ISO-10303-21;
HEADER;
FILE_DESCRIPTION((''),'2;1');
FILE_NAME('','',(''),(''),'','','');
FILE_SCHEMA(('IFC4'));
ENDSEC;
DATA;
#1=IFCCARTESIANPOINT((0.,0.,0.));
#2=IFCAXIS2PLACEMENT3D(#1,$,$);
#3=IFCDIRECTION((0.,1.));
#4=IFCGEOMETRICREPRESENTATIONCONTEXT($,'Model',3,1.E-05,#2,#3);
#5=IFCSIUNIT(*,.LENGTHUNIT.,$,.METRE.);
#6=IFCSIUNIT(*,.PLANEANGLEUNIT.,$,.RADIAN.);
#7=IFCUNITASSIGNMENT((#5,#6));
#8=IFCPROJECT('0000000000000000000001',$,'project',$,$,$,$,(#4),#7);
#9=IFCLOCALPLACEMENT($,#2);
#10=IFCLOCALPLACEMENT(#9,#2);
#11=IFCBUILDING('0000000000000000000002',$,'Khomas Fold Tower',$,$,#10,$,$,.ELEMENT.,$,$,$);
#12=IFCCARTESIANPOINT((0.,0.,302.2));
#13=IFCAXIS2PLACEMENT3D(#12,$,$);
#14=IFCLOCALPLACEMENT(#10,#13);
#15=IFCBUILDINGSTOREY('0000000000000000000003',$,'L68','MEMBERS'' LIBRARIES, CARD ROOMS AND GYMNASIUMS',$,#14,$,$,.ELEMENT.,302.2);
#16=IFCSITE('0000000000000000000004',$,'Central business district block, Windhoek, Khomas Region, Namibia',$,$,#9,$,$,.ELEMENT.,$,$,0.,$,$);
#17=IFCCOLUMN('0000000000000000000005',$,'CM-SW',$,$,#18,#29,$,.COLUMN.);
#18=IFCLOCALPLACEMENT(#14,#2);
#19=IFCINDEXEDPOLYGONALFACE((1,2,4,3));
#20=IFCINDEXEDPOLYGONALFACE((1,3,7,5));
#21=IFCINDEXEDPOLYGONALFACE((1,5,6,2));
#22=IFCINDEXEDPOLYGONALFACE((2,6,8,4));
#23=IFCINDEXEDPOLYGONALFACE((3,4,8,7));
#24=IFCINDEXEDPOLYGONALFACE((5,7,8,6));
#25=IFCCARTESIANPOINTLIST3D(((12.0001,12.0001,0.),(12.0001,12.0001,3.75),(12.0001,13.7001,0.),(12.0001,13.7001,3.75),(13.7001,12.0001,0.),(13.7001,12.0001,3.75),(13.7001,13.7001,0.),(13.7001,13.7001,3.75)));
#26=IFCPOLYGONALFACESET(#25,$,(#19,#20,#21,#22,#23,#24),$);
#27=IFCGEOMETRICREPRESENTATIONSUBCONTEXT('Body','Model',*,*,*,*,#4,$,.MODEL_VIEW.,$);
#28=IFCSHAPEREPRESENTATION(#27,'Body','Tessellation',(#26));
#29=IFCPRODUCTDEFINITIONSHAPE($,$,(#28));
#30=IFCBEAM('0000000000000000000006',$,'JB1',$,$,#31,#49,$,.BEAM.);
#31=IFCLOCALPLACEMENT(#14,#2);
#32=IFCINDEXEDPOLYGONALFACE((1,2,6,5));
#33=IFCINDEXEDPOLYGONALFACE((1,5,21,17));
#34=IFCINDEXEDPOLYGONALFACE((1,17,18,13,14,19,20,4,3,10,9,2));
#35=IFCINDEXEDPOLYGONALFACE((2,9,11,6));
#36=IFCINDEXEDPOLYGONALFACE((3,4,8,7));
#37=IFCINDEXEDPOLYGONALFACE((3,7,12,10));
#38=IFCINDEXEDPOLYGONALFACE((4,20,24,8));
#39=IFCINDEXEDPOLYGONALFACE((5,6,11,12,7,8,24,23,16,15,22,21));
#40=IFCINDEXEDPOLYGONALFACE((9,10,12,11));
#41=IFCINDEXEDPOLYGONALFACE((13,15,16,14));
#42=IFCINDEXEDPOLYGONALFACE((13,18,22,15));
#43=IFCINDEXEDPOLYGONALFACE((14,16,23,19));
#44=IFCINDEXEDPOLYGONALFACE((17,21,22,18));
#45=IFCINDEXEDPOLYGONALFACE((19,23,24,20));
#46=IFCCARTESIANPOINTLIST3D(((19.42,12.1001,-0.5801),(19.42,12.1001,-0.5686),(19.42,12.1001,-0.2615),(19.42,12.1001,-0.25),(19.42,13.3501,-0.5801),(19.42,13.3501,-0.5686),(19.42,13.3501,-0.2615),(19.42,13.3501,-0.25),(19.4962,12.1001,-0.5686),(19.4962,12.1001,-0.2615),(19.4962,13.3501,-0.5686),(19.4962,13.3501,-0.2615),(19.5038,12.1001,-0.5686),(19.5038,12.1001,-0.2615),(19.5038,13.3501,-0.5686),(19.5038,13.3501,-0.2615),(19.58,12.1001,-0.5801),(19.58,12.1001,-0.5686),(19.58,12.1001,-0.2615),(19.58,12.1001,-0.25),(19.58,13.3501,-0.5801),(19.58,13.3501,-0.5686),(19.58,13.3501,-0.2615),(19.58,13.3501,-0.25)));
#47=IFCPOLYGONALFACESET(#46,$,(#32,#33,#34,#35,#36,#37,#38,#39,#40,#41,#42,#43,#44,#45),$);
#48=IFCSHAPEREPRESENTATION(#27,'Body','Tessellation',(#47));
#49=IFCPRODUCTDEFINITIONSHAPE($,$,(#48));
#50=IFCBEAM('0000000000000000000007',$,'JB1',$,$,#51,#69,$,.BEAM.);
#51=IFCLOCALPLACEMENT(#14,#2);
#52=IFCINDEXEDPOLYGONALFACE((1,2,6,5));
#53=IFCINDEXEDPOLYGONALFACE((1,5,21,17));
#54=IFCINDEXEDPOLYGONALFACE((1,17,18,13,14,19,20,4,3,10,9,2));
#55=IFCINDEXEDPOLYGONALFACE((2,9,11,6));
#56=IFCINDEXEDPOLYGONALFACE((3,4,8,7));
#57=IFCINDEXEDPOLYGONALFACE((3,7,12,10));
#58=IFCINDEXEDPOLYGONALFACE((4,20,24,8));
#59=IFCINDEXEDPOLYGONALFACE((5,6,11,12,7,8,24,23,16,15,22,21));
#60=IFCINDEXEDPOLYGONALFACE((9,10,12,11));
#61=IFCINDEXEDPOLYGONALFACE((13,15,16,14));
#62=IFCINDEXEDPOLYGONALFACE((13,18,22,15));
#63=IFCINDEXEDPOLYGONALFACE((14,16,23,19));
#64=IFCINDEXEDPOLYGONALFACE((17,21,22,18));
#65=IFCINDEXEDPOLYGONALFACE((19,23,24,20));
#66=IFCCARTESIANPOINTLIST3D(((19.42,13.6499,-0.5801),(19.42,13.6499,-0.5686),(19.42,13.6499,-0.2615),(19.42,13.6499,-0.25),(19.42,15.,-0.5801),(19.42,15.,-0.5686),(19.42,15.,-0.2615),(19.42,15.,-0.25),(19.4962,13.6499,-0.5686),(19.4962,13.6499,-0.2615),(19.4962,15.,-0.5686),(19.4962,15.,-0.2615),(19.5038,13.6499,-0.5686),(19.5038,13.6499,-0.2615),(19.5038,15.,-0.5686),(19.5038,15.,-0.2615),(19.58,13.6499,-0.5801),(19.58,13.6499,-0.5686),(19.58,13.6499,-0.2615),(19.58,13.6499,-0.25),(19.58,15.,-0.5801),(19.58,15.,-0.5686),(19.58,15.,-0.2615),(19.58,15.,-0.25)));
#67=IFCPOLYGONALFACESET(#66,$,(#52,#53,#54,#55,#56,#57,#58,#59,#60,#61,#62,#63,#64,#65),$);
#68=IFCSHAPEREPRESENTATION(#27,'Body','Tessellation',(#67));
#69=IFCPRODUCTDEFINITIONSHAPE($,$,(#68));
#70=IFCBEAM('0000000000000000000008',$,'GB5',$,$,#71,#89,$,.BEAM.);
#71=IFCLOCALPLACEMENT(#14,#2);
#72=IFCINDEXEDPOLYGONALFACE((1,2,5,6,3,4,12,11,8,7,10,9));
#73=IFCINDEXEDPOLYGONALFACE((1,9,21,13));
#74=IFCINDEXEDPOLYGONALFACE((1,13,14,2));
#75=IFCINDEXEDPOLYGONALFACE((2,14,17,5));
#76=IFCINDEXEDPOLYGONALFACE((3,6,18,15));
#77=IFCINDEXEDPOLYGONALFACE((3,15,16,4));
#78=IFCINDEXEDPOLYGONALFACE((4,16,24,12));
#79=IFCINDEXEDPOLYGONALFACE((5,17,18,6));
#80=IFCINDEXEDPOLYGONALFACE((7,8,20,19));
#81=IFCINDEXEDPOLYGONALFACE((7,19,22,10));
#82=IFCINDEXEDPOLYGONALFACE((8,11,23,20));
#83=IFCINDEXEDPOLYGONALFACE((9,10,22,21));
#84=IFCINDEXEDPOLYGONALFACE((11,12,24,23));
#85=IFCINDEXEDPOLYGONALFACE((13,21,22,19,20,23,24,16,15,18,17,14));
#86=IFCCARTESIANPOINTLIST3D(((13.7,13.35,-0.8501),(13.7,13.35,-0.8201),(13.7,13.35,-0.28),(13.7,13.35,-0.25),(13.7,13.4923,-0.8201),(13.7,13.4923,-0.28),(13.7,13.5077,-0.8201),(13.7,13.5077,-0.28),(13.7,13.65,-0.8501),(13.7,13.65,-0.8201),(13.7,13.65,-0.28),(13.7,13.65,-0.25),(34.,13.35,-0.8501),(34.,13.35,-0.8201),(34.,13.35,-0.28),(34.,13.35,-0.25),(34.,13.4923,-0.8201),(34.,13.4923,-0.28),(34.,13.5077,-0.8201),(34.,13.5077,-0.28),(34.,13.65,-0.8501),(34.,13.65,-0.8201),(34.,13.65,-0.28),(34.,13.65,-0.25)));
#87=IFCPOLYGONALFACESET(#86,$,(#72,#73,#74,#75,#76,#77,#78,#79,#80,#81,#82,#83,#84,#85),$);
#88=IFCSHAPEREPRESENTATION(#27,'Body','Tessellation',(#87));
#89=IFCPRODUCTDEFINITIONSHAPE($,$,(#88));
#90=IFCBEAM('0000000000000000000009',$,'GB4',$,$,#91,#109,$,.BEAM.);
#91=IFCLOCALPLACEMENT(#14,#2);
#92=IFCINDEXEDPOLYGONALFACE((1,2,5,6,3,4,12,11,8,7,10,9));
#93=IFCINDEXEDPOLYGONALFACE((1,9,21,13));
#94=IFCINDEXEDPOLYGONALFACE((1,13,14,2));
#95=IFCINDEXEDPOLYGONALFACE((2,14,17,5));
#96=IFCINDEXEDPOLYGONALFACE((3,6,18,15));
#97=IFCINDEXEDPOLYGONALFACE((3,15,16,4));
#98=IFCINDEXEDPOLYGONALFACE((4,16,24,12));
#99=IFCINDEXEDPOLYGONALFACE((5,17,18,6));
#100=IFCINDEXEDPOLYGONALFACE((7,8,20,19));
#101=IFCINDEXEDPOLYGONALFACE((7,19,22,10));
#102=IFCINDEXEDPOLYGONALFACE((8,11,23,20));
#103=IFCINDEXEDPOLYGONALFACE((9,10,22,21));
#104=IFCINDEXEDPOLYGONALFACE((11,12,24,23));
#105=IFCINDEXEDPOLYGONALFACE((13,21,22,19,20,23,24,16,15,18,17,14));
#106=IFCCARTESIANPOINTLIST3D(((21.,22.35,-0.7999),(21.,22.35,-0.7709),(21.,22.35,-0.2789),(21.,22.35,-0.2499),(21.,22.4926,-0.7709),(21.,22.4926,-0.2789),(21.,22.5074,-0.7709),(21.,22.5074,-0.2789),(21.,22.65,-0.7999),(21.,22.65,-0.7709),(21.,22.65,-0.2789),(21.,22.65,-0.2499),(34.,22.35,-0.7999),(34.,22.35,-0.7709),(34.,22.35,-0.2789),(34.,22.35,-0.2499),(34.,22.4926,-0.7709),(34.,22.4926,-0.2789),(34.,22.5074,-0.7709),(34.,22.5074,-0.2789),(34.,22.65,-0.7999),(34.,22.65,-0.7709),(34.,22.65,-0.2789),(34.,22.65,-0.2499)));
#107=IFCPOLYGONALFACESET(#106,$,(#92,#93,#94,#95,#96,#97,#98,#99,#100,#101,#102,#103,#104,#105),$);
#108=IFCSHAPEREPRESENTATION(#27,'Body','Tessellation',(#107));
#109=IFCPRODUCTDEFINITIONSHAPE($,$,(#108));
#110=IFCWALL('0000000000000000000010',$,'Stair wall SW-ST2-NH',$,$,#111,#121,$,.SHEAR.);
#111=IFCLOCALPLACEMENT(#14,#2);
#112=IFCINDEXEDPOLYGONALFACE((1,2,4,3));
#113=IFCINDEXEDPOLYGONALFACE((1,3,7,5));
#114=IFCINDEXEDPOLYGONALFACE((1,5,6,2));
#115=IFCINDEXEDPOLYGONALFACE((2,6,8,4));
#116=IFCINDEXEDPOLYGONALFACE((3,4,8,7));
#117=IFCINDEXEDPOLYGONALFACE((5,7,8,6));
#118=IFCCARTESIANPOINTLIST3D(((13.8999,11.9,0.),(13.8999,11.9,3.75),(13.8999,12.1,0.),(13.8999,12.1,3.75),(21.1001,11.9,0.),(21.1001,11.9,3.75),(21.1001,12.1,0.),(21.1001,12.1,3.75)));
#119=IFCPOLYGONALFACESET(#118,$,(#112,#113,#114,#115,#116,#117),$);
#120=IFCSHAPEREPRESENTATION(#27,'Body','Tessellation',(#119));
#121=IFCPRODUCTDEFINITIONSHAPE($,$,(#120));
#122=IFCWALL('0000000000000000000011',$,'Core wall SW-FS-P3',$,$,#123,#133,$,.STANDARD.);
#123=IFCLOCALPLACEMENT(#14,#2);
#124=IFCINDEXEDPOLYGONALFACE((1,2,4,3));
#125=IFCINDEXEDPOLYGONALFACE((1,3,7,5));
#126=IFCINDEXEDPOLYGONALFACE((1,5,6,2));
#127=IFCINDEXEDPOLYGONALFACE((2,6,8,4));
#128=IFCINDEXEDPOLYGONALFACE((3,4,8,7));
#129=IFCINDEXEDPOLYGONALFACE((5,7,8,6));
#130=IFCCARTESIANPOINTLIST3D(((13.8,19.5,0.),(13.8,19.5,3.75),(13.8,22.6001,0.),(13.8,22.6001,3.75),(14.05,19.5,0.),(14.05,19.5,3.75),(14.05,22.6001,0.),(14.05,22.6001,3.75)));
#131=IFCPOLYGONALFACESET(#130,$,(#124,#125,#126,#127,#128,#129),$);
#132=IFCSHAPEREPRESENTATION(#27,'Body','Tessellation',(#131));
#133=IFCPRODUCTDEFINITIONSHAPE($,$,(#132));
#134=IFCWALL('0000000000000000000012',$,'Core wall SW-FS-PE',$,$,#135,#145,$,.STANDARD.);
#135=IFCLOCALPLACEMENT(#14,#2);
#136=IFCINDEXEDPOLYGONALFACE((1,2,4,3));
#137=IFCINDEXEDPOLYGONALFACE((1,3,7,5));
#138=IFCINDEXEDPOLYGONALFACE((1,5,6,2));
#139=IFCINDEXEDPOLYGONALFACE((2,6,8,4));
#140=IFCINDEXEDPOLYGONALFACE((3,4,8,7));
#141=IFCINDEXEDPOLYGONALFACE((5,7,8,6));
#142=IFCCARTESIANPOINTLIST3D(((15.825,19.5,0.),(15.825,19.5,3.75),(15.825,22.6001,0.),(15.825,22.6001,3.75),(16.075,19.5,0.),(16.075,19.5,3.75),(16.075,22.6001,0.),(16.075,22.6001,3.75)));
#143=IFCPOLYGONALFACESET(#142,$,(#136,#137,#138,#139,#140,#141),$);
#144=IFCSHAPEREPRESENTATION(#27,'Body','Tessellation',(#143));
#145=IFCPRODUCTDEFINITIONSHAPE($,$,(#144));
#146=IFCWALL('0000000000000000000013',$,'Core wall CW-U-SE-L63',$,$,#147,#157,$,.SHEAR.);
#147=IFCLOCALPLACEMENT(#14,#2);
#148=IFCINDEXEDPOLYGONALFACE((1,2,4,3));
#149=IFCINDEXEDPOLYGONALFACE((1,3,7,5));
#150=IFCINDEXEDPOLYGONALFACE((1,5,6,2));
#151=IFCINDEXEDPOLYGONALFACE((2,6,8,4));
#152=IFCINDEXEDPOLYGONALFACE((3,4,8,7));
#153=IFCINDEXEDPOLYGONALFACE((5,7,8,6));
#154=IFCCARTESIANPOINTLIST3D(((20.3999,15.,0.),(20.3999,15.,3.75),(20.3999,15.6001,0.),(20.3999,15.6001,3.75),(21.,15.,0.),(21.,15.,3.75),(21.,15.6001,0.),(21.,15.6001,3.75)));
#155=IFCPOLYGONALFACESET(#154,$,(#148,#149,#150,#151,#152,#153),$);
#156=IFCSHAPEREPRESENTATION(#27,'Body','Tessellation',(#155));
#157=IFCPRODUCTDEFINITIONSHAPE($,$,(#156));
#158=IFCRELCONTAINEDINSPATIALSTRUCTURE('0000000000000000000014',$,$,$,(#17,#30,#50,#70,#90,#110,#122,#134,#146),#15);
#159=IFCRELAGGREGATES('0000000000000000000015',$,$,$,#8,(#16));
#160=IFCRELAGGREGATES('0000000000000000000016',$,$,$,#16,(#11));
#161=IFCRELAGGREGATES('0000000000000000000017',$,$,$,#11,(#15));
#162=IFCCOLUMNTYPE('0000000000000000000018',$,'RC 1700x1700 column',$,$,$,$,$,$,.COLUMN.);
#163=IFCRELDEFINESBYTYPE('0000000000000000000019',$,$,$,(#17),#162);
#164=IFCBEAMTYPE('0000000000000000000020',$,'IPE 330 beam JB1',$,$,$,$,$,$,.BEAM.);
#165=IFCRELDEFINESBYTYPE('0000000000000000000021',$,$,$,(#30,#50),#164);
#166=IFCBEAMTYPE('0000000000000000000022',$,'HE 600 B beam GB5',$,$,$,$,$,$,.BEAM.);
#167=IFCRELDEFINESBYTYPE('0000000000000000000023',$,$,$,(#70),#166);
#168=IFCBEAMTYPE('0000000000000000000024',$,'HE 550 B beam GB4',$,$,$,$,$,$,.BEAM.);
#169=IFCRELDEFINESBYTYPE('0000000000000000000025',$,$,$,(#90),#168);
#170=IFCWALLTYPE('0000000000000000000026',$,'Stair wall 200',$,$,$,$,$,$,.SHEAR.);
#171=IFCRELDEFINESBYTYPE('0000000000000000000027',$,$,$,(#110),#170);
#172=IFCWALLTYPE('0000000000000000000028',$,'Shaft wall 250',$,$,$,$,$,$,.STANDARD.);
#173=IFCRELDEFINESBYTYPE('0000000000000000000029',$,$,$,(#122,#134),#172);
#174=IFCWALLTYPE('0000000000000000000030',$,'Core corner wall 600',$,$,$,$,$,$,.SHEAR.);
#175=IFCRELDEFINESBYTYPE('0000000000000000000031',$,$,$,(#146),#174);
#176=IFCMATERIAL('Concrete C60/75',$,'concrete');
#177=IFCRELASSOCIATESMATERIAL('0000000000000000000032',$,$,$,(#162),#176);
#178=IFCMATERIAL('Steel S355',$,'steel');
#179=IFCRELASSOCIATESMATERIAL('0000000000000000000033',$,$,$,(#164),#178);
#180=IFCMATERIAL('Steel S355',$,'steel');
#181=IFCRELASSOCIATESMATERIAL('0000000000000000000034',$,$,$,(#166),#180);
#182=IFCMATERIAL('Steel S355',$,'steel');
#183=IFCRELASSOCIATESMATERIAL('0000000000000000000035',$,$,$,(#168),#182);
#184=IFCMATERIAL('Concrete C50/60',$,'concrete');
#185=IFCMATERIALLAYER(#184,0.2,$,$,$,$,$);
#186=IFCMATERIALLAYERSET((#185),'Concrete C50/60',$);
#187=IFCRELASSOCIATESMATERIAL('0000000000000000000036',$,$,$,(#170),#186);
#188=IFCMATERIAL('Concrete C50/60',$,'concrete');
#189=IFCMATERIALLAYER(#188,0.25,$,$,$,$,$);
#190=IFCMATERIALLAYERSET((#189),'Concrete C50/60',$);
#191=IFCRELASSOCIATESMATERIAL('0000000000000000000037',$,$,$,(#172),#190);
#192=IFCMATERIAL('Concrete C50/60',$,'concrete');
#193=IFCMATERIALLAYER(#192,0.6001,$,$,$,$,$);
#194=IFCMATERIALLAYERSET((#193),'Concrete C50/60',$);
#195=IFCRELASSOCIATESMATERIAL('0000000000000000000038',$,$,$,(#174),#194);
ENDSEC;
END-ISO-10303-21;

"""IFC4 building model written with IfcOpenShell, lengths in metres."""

from ifc_helpers import new_model, si_unit, direction, frame, frame_2d, origin, origin_2d, place, context, subcontext, project, spatial, rectangle, i_section, extrude, source, transform, mapped, material, layer, layer_set, material_profile, profile_set, type_object, element, save


model = new_model("IFC4")

# Units and contexts
model_context = context("Model", 3, precision=1e-05, world=origin(), true_north=direction((0.0, 1.0)))
body_context = subcontext(model_context, "Body", "Model", "MODEL_VIEW")
ifc_project = project(units=[si_unit("LENGTHUNIT", "METRE"), si_unit("PLANEANGLEUNIT", "RADIAN")], contexts=[model_context])

# Site, building, storey
site_placement = place(None, origin())
site = spatial("IfcSite", under=ifc_project, at=site_placement, Name="Central business district block, Windhoek, Khomas Region, Namibia", CompositionType="ELEMENT", RefElevation=0.0)
building_placement = place(site_placement, origin())
building = spatial("IfcBuilding", under=site, at=building_placement, Name="Khomas Fold Tower", CompositionType="ELEMENT")
storey_placement = place(building_placement, frame((0.0, 0.0, 302.2)))
storey = spatial("IfcBuildingStorey", under=building, at=storey_placement, Name="L68", Description="MEMBERS' LIBRARIES, CARD ROOMS AND GYMNASIUMS", CompositionType="ELEMENT", Elevation=302.2)

# Column
ifc_material_1 = material(Name="Concrete C60/75", Category="concrete")
ifc_material_profile_1 = material_profile(ifc_material_1, rectangle(XDim=1.7, YDim=1.7, at=origin_2d()), Name="RC 1700x1700")
ifc_profile_set_1 = profile_set([ifc_material_profile_1], Name="Concrete C60/75")
column_type = type_object("IfcColumnType", Name="RC 1700x1700 column", PredefinedType="COLUMN", material=ifc_profile_set_1)
shared_shape_1 = source(origin(), body_context, "Body", "SweptSolid", [
    extrude(rectangle(XDim=1.7, YDim=1.7, at=origin_2d()), origin(), (0.0, 0.0, 1.0), 3.75),
])
column_placement = place(storey_placement, frame((12.8501, 12.8501, 0.0), z_axis=(0.0, 0.0, 1.0), x_axis=(1.0, 0.0, 0.0)))
element("IfcColumn", 1, at=column_placement, inside=storey, type_object=column_type, Name="CM-SW", PredefinedType="COLUMN", context=body_context, shape_type="MappedRepresentation", body=[
    mapped(shared_shape_1, transform((0.0, 0.0, 0.0))),
])

# Beams
ifc_material_2 = material(Name="Steel S355", Category="steel")
ifc_material_profile_2 = material_profile(ifc_material_2, i_section(OverallWidth=0.1599, OverallDepth=0.3301, WebThickness=0.0076, FlangeThickness=0.0115, at=origin_2d()), Name="IPE 330")
ifc_profile_set_2 = profile_set([ifc_material_profile_2], Name="Steel S355")
beam_type_1 = type_object("IfcBeamType", Name="IPE 330 beam JB1", PredefinedType="BEAM", material=ifc_profile_set_2)
shared_shape_2 = source(origin(), body_context, "Body", "SweptSolid", [
    extrude(i_section(OverallWidth=0.1599, OverallDepth=0.3301, WebThickness=0.0076, FlangeThickness=0.0115, at=origin_2d()), origin(), (0.0, 0.0, 1.0), 1.25),
])
beam_1_placement = place(storey_placement, frame((19.5, 12.1001, -0.415), z_axis=(0.0, 1.0, 0.0), x_axis=(-1.0, 0.0, 0.0)))
element("IfcBeam", 2, at=beam_1_placement, inside=storey, type_object=beam_type_1, Name="JB1", PredefinedType="BEAM", context=body_context, shape_type="MappedRepresentation", body=[
    mapped(shared_shape_2, transform((0.0, 0.0, 0.0))),
])
shared_shape_3 = source(origin(), body_context, "Body", "SweptSolid", [
    extrude(i_section(OverallWidth=0.1599, OverallDepth=0.3301, WebThickness=0.0076, FlangeThickness=0.0115, at=origin_2d()), origin(), (0.0, 0.0, 1.0), 1.3501),
])
beam_2_placement = place(storey_placement, frame((19.5, 13.6499, -0.415), z_axis=(0.0, 1.0, 0.0), x_axis=(-1.0, 0.0, 0.0)))
element("IfcBeam", 3, at=beam_2_placement, inside=storey, type_object=beam_type_1, Name="JB1", PredefinedType="BEAM", context=body_context, shape_type="MappedRepresentation", body=[
    mapped(shared_shape_3, transform((0.0, 0.0, 0.0))),
])
ifc_material_3 = material(Name="Steel S355", Category="steel")
ifc_material_profile_3 = material_profile(ifc_material_3, i_section(OverallWidth=0.3, OverallDepth=0.6001, WebThickness=0.0154, FlangeThickness=0.03, at=origin_2d()), Name="HE 600 B")
ifc_profile_set_3 = profile_set([ifc_material_profile_3], Name="Steel S355")
beam_type_2 = type_object("IfcBeamType", Name="HE 600 B beam GB5", PredefinedType="BEAM", material=ifc_profile_set_3)
shared_shape_4 = source(origin(), body_context, "Body", "SweptSolid", [
    extrude(i_section(OverallWidth=0.3, OverallDepth=0.6001, WebThickness=0.0154, FlangeThickness=0.03, at=origin_2d()), origin(), (0.0, 0.0, 1.0), 20.3),
])
beam_3_placement = place(storey_placement, frame((13.7, 13.5, -0.55), z_axis=(1.0, 0.0, 0.0), x_axis=(0.0, 1.0, 0.0)))
element("IfcBeam", 4, at=beam_3_placement, inside=storey, type_object=beam_type_2, Name="GB5", PredefinedType="BEAM", context=body_context, shape_type="MappedRepresentation", body=[
    mapped(shared_shape_4, transform((0.0, 0.0, 0.0))),
])
ifc_material_4 = material(Name="Steel S355", Category="steel")
ifc_material_profile_4 = material_profile(ifc_material_4, i_section(OverallWidth=0.3, OverallDepth=0.55, WebThickness=0.0149, FlangeThickness=0.0291, at=origin_2d()), Name="HE 550 B")
ifc_profile_set_4 = profile_set([ifc_material_profile_4], Name="Steel S355")
beam_type_3 = type_object("IfcBeamType", Name="HE 550 B beam GB4", PredefinedType="BEAM", material=ifc_profile_set_4)
shared_shape_5 = source(origin(), body_context, "Body", "SweptSolid", [
    extrude(i_section(OverallWidth=0.3, OverallDepth=0.55, WebThickness=0.0149, FlangeThickness=0.0291, at=origin_2d()), origin(), (0.0, 0.0, 1.0), 13.0),
])
beam_4_placement = place(storey_placement, frame((21.0, 22.5, -0.5249), z_axis=(1.0, 0.0, 0.0), x_axis=(0.0, 1.0, 0.0)))
element("IfcBeam", 5, at=beam_4_placement, inside=storey, type_object=beam_type_3, Name="GB4", PredefinedType="BEAM", context=body_context, shape_type="MappedRepresentation", body=[
    mapped(shared_shape_5, transform((0.0, 0.0, 0.0))),
])

# Walls
ifc_material_5 = material(Name="Concrete C50/60", Category="concrete")
ifc_layer_1 = layer(ifc_material_5, 0.2)
ifc_layer_set_1 = layer_set([ifc_layer_1], Name="Concrete C50/60")
wall_type_1 = type_object("IfcWallType", Name="Stair wall 200", PredefinedType="SHEAR", material=ifc_layer_set_1)
shared_shape_6 = source(origin(), body_context, "Body", "SweptSolid", [
    extrude(rectangle(XDim=7.2002, YDim=0.2, at=frame_2d((3.6001, 0.0))), origin(), (0.0, 0.0, 1.0), 3.75),
])
wall_1_placement = place(storey_placement, frame((13.8999, 12.0, 0.0), z_axis=(0.0, 0.0, 1.0), x_axis=(1.0, 0.0, 0.0)))
element("IfcWall", 6, at=wall_1_placement, inside=storey, type_object=wall_type_1, Name="Stair wall SW-ST2-NH", PredefinedType="SHEAR", context=body_context, shape_type="MappedRepresentation", body=[
    mapped(shared_shape_6, transform((0.0, 0.0, 0.0))),
])
ifc_material_6 = material(Name="Concrete C50/60", Category="concrete")
ifc_layer_2 = layer(ifc_material_6, 0.25)
ifc_layer_set_2 = layer_set([ifc_layer_2], Name="Concrete C50/60")
wall_type_2 = type_object("IfcWallType", Name="Shaft wall 250", PredefinedType="STANDARD", material=ifc_layer_set_2)
shared_shape_7 = source(origin(), body_context, "Body", "SweptSolid", [
    extrude(rectangle(XDim=3.1001, YDim=0.25, at=frame_2d((1.55, 0.0))), origin(), (0.0, 0.0, 1.0), 3.75),
])
for number, where, z_axis, x_axis, name in (
    (7, (13.925, 19.5, 0.0), (0.0, 0.0, 1.0), (0.0, 1.0, 0.0), "Core wall SW-FS-P3"),
    (8, (15.95, 19.5, 0.0), (0.0, 0.0, 1.0), (0.0, 1.0, 0.0), "Core wall SW-FS-PE"),
):
    element("IfcWall", number, at=place(storey_placement, frame(where, z_axis=z_axis, x_axis=x_axis)), inside=storey, type_object=wall_type_2, Name=name, PredefinedType="STANDARD", context=body_context, shape_type="MappedRepresentation", body=[
        mapped(shared_shape_7, transform((0.0, 0.0, 0.0))),
    ])
ifc_material_7 = material(Name="Concrete C50/60", Category="concrete")
ifc_layer_3 = layer(ifc_material_7, 0.6001)
ifc_layer_set_3 = layer_set([ifc_layer_3], Name="Concrete C50/60")
wall_type_3 = type_object("IfcWallType", Name="Core corner wall 600", PredefinedType="SHEAR", material=ifc_layer_set_3)
shared_shape_8 = source(origin(), body_context, "Body", "SweptSolid", [
    extrude(rectangle(XDim=0.6001, YDim=0.6001, at=frame_2d((0.3, 0.0))), origin(), (0.0, 0.0, 1.0), 3.75),
])
wall_2_placement = place(storey_placement, frame((20.3999, 15.3, 0.0), z_axis=(0.0, 0.0, 1.0), x_axis=(1.0, 0.0, 0.0)))
element("IfcWall", 9, at=wall_2_placement, inside=storey, type_object=wall_type_3, Name="Core wall CW-U-SE-L63", PredefinedType="SHEAR", context=body_context, shape_type="MappedRepresentation", body=[
    mapped(shared_shape_8, transform((0.0, 0.0, 0.0))),
])

save(model, "model.ifc")
